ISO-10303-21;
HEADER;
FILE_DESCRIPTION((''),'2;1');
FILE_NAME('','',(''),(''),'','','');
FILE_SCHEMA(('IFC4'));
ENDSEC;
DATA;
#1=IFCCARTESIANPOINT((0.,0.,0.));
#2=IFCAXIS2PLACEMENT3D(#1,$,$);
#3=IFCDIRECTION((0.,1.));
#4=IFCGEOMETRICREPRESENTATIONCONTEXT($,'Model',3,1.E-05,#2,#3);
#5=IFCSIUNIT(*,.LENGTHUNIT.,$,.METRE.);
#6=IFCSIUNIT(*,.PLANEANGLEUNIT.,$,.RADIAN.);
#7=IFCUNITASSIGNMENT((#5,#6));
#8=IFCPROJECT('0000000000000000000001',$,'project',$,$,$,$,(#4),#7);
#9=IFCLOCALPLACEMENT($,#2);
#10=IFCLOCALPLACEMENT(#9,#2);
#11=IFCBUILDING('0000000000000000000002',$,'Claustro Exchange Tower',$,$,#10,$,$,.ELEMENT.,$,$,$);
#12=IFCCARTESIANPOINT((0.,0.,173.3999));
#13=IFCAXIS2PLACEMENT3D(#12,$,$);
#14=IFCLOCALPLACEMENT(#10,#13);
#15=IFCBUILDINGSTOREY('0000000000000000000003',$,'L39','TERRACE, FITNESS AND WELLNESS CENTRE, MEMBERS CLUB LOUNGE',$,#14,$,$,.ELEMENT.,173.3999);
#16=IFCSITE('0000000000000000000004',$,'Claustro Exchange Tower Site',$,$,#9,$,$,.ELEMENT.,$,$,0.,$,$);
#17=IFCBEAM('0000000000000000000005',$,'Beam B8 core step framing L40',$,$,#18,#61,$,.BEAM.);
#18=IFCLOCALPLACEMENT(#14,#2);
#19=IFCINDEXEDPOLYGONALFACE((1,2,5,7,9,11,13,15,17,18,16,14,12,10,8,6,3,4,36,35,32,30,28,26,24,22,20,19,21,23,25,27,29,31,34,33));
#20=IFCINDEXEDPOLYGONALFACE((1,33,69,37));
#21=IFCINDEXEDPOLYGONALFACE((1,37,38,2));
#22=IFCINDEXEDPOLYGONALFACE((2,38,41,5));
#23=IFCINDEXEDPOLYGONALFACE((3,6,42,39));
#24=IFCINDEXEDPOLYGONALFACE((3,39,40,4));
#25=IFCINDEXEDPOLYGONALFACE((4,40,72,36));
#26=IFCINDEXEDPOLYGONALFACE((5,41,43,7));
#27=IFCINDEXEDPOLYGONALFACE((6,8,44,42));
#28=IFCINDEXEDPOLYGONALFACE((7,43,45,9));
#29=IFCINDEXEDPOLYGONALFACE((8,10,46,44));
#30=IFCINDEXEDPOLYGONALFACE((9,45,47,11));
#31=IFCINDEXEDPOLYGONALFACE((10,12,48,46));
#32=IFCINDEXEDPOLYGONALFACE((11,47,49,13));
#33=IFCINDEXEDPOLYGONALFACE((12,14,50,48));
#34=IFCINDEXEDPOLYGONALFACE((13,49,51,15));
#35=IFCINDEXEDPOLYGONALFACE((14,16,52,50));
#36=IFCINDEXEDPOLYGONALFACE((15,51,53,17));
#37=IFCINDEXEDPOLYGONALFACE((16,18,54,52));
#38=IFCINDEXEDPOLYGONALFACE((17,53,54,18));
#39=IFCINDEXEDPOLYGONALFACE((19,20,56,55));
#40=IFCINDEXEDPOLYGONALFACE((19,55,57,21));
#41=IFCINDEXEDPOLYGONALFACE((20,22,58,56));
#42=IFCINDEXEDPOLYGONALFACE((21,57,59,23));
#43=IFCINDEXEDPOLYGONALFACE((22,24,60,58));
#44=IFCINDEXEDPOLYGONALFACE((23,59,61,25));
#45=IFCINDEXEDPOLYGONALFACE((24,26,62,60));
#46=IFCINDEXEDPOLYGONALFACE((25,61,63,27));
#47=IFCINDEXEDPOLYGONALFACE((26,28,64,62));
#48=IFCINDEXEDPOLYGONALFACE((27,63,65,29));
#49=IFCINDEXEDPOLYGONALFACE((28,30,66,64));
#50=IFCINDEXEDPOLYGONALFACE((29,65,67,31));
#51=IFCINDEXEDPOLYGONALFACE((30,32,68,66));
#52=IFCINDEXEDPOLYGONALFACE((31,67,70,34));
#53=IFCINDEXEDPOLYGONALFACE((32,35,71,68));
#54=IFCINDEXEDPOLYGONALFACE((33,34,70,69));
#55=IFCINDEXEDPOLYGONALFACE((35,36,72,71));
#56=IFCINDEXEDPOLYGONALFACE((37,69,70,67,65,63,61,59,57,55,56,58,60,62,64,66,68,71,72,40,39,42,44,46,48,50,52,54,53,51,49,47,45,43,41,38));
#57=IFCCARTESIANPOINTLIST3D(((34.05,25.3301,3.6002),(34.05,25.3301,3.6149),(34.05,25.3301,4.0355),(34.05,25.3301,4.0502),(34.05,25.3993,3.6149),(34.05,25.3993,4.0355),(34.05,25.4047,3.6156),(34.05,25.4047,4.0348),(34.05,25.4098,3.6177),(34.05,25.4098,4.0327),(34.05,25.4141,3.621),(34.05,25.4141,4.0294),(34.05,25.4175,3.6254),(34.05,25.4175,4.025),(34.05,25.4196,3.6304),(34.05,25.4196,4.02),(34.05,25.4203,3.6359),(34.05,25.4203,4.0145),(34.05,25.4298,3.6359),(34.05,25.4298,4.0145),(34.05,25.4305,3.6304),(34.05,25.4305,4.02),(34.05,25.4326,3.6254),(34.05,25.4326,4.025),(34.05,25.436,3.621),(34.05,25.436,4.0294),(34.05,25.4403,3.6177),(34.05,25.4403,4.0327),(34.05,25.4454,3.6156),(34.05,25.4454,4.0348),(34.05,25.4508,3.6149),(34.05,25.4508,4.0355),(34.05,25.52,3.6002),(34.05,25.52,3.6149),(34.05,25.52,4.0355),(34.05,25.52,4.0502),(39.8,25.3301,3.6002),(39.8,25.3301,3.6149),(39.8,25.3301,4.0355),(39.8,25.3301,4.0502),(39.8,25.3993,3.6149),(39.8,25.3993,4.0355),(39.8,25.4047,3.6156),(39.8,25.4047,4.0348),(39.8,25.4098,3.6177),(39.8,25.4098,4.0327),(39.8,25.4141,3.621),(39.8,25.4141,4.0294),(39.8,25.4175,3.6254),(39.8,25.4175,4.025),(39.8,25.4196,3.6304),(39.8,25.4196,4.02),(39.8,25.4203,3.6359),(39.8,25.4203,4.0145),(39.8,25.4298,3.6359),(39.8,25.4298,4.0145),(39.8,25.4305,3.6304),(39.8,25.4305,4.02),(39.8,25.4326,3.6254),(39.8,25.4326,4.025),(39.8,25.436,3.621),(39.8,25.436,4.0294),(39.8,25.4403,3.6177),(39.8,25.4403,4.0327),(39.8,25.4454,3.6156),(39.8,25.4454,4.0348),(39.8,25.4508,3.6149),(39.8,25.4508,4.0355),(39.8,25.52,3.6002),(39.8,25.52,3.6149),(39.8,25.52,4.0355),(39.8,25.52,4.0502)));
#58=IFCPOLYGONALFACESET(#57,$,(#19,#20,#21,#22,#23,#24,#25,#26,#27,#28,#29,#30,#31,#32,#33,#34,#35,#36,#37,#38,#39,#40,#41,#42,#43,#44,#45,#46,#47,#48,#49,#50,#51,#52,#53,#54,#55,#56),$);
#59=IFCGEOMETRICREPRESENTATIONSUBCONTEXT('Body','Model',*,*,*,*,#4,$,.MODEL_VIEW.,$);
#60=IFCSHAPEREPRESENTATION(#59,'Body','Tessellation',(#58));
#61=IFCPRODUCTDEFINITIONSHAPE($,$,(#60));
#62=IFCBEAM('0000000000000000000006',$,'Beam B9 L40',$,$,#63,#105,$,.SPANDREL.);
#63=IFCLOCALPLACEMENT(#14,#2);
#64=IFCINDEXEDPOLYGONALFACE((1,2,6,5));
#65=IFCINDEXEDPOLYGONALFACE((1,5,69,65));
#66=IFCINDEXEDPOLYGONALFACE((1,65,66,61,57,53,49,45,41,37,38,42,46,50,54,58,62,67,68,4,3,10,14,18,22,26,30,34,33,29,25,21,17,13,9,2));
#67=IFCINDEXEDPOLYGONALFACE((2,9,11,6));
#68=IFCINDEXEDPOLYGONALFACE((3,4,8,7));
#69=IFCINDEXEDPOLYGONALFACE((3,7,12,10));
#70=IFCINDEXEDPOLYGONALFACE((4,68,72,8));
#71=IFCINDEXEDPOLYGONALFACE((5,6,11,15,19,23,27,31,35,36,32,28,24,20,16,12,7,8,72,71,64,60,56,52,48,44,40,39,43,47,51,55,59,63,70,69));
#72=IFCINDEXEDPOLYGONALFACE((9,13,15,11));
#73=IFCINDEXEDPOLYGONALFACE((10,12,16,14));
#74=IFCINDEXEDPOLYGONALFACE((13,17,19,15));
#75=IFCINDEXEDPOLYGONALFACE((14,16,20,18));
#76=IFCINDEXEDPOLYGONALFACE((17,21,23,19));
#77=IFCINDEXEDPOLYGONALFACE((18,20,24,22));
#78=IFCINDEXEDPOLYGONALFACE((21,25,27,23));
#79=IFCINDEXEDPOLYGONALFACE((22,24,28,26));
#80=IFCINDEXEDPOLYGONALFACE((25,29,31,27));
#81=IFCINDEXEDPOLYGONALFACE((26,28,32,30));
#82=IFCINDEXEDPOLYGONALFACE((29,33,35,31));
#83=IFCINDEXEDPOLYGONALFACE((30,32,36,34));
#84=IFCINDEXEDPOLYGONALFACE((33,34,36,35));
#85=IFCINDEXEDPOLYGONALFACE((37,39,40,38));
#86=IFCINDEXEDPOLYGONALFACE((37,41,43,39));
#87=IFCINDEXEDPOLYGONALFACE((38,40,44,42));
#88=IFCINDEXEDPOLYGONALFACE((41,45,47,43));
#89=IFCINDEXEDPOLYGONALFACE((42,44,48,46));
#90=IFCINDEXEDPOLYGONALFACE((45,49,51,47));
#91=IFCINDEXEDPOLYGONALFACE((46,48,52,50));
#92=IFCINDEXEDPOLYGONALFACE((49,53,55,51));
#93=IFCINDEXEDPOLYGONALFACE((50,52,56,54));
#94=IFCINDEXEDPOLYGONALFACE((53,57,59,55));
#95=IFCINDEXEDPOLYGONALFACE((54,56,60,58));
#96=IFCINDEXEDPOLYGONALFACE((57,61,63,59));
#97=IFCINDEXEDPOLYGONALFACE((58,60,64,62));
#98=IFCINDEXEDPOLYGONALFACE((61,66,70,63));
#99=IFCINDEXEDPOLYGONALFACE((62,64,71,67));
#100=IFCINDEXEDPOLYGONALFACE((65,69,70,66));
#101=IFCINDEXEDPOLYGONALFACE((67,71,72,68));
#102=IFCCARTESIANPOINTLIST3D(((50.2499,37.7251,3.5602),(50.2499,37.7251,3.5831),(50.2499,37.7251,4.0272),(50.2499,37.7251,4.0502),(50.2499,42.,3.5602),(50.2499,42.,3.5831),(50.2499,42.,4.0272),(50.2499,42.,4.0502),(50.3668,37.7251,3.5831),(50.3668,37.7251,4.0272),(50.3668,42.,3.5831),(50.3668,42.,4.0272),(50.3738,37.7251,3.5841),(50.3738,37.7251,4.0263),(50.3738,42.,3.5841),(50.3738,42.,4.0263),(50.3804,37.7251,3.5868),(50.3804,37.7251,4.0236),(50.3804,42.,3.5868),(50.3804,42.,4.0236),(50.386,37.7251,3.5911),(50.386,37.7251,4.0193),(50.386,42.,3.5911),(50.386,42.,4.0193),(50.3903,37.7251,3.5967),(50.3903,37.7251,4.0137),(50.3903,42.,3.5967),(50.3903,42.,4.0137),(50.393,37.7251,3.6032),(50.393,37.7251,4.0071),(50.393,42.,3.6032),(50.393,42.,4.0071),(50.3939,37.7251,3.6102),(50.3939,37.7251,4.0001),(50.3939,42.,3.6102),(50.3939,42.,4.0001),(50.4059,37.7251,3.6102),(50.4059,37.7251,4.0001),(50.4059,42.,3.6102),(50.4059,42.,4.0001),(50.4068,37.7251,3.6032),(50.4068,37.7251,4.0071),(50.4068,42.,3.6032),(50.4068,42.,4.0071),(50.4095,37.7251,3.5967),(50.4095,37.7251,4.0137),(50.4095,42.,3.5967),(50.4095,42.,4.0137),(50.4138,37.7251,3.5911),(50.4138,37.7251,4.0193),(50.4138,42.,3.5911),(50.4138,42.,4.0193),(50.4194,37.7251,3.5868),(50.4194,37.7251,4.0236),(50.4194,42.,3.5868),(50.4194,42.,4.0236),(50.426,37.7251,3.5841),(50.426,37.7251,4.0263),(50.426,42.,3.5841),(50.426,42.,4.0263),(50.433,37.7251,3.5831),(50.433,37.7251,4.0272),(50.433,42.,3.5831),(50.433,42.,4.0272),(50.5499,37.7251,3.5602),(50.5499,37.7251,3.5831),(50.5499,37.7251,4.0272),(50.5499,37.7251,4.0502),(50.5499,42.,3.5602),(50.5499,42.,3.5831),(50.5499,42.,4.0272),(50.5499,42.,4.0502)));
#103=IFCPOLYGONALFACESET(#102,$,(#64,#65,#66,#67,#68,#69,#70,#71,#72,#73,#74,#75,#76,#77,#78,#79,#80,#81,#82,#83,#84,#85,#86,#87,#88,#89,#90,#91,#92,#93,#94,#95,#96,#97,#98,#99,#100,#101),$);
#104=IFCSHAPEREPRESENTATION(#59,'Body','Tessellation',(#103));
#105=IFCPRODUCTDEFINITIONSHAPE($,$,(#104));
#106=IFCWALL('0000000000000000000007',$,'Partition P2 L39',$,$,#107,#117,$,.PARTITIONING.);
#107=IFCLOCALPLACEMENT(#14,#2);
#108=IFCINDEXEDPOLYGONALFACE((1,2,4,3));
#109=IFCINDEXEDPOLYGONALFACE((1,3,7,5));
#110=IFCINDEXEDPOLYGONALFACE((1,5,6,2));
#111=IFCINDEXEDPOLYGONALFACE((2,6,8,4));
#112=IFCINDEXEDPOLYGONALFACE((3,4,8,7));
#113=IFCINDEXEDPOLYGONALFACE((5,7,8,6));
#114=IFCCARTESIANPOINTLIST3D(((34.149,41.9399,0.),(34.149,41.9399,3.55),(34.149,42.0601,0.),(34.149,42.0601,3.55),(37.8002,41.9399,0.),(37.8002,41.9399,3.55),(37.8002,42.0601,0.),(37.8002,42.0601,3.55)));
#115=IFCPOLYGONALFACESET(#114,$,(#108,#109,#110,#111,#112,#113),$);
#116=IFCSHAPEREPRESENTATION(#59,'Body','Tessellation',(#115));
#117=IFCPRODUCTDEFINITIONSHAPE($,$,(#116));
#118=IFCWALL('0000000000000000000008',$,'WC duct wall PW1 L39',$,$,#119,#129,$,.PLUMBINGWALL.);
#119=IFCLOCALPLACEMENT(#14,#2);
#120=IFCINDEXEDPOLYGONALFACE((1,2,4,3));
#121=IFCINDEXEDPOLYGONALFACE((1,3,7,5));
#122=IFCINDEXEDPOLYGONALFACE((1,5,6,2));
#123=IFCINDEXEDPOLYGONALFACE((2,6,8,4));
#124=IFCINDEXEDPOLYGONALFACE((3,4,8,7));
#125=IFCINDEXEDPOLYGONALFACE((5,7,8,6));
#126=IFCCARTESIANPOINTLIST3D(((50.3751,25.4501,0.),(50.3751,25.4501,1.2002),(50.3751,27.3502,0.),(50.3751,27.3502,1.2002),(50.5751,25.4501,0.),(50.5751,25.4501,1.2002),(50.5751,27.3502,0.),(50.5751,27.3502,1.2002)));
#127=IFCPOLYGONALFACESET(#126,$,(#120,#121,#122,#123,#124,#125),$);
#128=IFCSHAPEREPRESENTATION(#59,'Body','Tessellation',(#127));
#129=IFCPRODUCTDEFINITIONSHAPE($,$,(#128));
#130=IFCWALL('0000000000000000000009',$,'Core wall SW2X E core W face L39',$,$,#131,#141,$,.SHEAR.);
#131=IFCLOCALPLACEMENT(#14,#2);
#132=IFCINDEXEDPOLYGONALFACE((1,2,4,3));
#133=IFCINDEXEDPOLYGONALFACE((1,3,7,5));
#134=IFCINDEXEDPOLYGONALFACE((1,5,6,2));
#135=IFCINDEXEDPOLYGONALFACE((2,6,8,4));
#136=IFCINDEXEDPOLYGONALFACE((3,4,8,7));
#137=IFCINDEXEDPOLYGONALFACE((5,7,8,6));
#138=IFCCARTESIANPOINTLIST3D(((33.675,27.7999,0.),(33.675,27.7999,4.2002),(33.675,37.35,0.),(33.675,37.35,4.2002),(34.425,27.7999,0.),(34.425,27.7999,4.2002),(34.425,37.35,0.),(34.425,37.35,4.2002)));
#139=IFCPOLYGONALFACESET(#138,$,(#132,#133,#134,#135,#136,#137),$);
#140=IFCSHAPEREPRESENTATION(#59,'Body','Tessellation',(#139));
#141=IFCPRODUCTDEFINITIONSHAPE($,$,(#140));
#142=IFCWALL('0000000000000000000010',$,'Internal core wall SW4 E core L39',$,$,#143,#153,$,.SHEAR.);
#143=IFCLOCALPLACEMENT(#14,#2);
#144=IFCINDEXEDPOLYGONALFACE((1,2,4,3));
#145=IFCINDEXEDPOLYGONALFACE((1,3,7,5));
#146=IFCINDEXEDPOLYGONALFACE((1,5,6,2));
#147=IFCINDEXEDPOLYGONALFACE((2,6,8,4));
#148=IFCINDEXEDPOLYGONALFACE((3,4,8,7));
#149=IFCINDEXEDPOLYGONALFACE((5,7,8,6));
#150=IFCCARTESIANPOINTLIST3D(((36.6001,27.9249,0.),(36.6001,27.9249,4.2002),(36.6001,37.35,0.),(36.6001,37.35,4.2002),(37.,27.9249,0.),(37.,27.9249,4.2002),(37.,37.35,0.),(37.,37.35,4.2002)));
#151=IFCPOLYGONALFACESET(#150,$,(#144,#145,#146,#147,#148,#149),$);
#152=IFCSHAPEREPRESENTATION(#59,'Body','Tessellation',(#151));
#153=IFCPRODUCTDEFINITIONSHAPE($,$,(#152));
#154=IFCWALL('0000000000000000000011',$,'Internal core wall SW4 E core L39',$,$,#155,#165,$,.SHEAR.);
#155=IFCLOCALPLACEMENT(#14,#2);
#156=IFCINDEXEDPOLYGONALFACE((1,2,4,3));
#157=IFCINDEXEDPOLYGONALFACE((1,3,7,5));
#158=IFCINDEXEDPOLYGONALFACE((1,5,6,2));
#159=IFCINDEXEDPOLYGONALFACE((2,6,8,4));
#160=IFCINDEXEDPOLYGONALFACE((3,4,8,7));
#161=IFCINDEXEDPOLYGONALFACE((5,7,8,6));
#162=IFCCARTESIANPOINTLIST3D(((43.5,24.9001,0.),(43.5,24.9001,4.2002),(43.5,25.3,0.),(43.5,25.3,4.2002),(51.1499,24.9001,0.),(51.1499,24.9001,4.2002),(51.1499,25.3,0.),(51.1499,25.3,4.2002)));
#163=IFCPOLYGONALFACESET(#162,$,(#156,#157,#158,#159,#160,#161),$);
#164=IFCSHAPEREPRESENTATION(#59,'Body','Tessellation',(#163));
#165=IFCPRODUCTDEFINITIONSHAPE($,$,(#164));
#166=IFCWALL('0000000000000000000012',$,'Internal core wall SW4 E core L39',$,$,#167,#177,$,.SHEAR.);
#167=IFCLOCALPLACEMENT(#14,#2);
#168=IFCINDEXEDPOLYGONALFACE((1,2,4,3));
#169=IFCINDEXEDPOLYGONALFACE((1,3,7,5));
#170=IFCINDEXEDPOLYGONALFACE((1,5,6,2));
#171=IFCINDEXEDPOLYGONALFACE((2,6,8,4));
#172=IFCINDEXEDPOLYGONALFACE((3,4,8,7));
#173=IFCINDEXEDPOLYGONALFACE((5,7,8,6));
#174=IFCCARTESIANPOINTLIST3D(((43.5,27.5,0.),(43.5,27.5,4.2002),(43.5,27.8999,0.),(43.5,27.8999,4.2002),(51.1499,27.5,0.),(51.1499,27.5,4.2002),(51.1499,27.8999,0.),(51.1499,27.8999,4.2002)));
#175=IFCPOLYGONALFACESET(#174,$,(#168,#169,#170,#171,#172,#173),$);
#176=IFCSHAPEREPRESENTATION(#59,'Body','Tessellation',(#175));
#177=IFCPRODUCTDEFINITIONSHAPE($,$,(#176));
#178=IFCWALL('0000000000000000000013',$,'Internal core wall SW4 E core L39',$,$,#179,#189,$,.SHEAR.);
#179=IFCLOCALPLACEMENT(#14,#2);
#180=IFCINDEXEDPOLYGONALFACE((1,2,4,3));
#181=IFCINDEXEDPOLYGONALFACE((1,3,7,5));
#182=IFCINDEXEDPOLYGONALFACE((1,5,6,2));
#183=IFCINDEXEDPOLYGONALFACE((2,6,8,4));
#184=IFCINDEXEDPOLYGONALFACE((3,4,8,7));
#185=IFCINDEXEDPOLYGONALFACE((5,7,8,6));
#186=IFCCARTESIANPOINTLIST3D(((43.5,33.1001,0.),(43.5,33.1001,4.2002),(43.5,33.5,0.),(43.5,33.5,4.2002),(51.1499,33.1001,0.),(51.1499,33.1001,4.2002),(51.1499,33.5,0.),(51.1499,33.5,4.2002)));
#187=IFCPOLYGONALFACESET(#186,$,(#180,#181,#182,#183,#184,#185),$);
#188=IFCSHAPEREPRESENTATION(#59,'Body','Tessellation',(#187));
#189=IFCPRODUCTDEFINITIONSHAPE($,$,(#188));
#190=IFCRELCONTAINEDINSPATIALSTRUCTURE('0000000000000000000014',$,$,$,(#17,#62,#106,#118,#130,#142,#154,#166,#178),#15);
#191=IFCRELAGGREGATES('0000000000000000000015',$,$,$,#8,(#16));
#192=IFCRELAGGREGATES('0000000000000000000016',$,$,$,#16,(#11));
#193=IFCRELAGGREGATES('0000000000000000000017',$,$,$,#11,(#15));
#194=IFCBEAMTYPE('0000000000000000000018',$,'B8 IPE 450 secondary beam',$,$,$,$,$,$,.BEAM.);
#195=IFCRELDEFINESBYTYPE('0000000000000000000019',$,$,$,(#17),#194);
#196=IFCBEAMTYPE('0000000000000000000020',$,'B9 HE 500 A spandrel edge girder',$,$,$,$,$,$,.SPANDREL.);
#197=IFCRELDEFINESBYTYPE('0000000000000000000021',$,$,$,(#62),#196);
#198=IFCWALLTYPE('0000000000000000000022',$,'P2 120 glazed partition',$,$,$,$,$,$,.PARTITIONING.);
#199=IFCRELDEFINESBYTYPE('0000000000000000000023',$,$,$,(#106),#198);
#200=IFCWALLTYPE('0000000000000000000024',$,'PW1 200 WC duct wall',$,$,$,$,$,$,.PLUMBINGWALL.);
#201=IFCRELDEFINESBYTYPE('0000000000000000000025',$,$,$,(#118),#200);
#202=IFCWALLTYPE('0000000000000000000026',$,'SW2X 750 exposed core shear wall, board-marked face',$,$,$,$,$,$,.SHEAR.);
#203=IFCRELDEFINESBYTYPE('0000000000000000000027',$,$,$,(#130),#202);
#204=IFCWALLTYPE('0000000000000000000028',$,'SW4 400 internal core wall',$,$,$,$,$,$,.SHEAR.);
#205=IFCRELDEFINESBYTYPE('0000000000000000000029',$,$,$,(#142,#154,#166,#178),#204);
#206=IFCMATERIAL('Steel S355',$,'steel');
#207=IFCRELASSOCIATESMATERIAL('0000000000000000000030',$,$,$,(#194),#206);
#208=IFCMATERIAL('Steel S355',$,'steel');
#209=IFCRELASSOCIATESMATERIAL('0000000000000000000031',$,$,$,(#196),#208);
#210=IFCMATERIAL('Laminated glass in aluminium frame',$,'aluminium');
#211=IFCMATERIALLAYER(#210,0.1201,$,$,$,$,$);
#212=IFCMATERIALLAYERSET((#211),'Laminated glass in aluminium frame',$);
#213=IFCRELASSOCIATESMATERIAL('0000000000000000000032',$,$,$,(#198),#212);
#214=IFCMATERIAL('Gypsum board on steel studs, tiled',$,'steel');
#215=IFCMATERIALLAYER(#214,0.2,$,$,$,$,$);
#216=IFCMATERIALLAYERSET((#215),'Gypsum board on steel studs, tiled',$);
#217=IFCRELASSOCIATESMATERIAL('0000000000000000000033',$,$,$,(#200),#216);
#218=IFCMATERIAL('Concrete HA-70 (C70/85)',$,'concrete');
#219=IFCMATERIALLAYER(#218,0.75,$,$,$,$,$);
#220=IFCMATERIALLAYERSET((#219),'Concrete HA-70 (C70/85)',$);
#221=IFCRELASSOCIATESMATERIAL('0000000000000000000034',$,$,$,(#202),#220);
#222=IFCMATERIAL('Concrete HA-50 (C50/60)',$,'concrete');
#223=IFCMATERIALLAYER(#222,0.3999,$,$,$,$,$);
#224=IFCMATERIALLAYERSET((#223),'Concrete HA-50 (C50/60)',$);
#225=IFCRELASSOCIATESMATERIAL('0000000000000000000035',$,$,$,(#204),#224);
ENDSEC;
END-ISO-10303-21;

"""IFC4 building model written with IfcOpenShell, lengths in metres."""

from ifc_helpers import new_model, si_unit, direction, frame, frame_2d, origin, origin_2d, place, context, subcontext, project, spatial, rectangle, i_section, extrude, material, layer, layer_set, material_profile, profile_set, type_object, element, save


model = new_model("IFC4")

# Units and contexts
model_context = context("Model", 3, precision=1e-05, world=origin(), true_north=direction((0.0, 1.0)))
body_context = subcontext(model_context, "Body", "Model", "MODEL_VIEW")
ifc_project = project(units=[si_unit("LENGTHUNIT", "METRE"), si_unit("PLANEANGLEUNIT", "RADIAN")], contexts=[model_context])

# Site, building, storey
site_placement = place(None, origin())
site = spatial("IfcSite", under=ifc_project, at=site_placement, Name="Claustro Exchange Tower Site", CompositionType="ELEMENT", RefElevation=0.0)
building_placement = place(site_placement, origin())
building = spatial("IfcBuilding", under=site, at=building_placement, Name="Claustro Exchange Tower", CompositionType="ELEMENT")
storey_placement = place(building_placement, frame((0.0, 0.0, 173.3999)))
storey = spatial("IfcBuildingStorey", under=building, at=storey_placement, Name="L39", Description="TERRACE, FITNESS AND WELLNESS CENTRE, MEMBERS CLUB LOUNGE", CompositionType="ELEMENT", Elevation=173.3999)

# Beams
ifc_material_1 = material(Name="Steel S355", Category="steel")
ifc_material_profile_1 = material_profile(ifc_material_1, i_section(OverallWidth=0.1899, OverallDepth=0.45, WebThickness=0.0095, FlangeThickness=0.0146, FilletRadius=0.021, at=origin_2d()), Name="IPE 450")
ifc_profile_set_1 = profile_set([ifc_material_profile_1], Name="Steel S355")
beam_type_1 = type_object("IfcBeamType", Name="B8 IPE 450 secondary beam", PredefinedType="BEAM", material=ifc_profile_set_1)
beam_1_placement = place(storey_placement, frame((34.05, 25.425, 3.8252), z_axis=(1.0, 0.0, 0.0), x_axis=(0.0, 1.0, 0.0)))
element("IfcBeam", 1, at=beam_1_placement, inside=storey, type_object=beam_type_1, Name="Beam B8 core step framing L40", PredefinedType="BEAM", context=body_context, shape_type="SweptSolid", body=[
    extrude(i_section(OverallWidth=0.1899, OverallDepth=0.45, WebThickness=0.0095, FlangeThickness=0.0146, FilletRadius=0.021, at=origin_2d()), origin(), (0.0, 0.0, 1.0), 5.75),
])
ifc_material_2 = material(Name="Steel S355", Category="steel")
ifc_material_profile_2 = material_profile(ifc_material_2, i_section(OverallWidth=0.3, OverallDepth=0.49, WebThickness=0.012, FlangeThickness=0.0229, FilletRadius=0.0271, at=origin_2d()), Name="HE 500 A")
ifc_profile_set_2 = profile_set([ifc_material_profile_2], Name="Steel S355")
beam_type_2 = type_object("IfcBeamType", Name="B9 HE 500 A spandrel edge girder", PredefinedType="SPANDREL", material=ifc_profile_set_2)
beam_2_placement = place(storey_placement, frame((50.3999, 37.7251, 3.8052), z_axis=(0.0, 1.0, 0.0), x_axis=(-1.0, 0.0, 0.0)))
element("IfcBeam", 2, at=beam_2_placement, inside=storey, type_object=beam_type_2, Name="Beam B9 L40", PredefinedType="SPANDREL", context=body_context, shape_type="SweptSolid", body=[
    extrude(i_section(OverallWidth=0.3, OverallDepth=0.49, WebThickness=0.012, FlangeThickness=0.0229, FilletRadius=0.0271, at=origin_2d()), origin(), (0.0, 0.0, 1.0), 4.2749),
])

# Walls
ifc_material_3 = material(Name="Laminated glass in aluminium frame", Category="aluminium")
ifc_layer_1 = layer(ifc_material_3, 0.1201)
ifc_layer_set_1 = layer_set([ifc_layer_1], Name="Laminated glass in aluminium frame")
wall_type_1 = type_object("IfcWallType", Name="P2 120 glazed partition", PredefinedType="PARTITIONING", material=ifc_layer_set_1)
wall_1_placement = place(storey_placement, frame((34.1489, 42.0, 0.0), z_axis=(0.0, 0.0, 1.0), x_axis=(1.0, 0.0, 0.0)))
element("IfcWall", 3, at=wall_1_placement, inside=storey, type_object=wall_type_1, Name="Partition P2 L39", PredefinedType="PARTITIONING", context=body_context, shape_type="SweptSolid", body=[
    extrude(rectangle(XDim=3.6511, YDim=0.1201, at=frame_2d((1.8257, 0.0))), origin(), (0.0, 0.0, 1.0), 3.55),
])
ifc_material_4 = material(Name="Gypsum board on steel studs, tiled", Category="steel")
ifc_layer_2 = layer(ifc_material_4, 0.2)
ifc_layer_set_2 = layer_set([ifc_layer_2], Name="Gypsum board on steel studs, tiled")
wall_type_2 = type_object("IfcWallType", Name="PW1 200 WC duct wall", PredefinedType="PLUMBINGWALL", material=ifc_layer_set_2)
wall_2_placement = place(storey_placement, frame((50.4751, 25.45, 0.0), z_axis=(0.0, 0.0, 1.0), x_axis=(0.0, 1.0, 0.0)))
element("IfcWall", 4, at=wall_2_placement, inside=storey, type_object=wall_type_2, Name="WC duct wall PW1 L39", PredefinedType="PLUMBINGWALL", context=body_context, shape_type="SweptSolid", body=[
    extrude(rectangle(XDim=1.9001, YDim=0.2, at=frame_2d((0.9502, 0.0))), origin(), (0.0, 0.0, 1.0), 1.2002),
])

# Walls
ifc_material_5 = material(Name="Concrete HA-70 (C70/85)", Category="concrete")
ifc_layer_3 = layer(ifc_material_5, 0.75)
ifc_layer_set_3 = layer_set([ifc_layer_3], Name="Concrete HA-70 (C70/85)")
wall_type_3 = type_object("IfcWallType", Name="SW2X 750 exposed core shear wall, board-marked face", PredefinedType="SHEAR", material=ifc_layer_set_3)
wall_3_placement = place(storey_placement, frame((34.05, 27.8, 0.0), z_axis=(0.0, 0.0, 1.0), x_axis=(0.0, 1.0, 0.0)))
element("IfcWall", 5, at=wall_3_placement, inside=storey, type_object=wall_type_3, Name="Core wall SW2X E core W face L39", PredefinedType="SHEAR", context=body_context, shape_type="SweptSolid", body=[
    extrude(rectangle(XDim=9.55, YDim=0.75, at=frame_2d((4.7749, 0.0))), origin(), (0.0, 0.0, 1.0), 4.2002),
])
ifc_material_6 = material(Name="Concrete HA-50 (C50/60)", Category="concrete")
ifc_layer_4 = layer(ifc_material_6, 0.3999)
ifc_layer_set_4 = layer_set([ifc_layer_4], Name="Concrete HA-50 (C50/60)")
wall_type_4 = type_object("IfcWallType", Name="SW4 400 internal core wall", PredefinedType="SHEAR", material=ifc_layer_set_4)
wall_4_placement = place(storey_placement, frame((36.8, 27.925, 0.0), z_axis=(0.0, 0.0, 1.0), x_axis=(0.0, 1.0, 0.0)))
element("IfcWall", 6, at=wall_4_placement, inside=storey, type_object=wall_type_4, Name="Internal core wall SW4 E core L39", PredefinedType="SHEAR", context=body_context, shape_type="SweptSolid", body=[
    extrude(rectangle(XDim=9.425, YDim=0.3999, at=frame_2d((4.7124, 0.0))), origin(), (0.0, 0.0, 1.0), 4.2002),
])
for number, where, z_axis, x_axis, name in (
    (7, (51.1499, 25.1001, 0.0), (0.0, 0.0, 1.0), (-1.0, 0.0, 0.0), "Internal core wall SW4 E core L39"),
    (8, (51.1499, 27.7, 0.0), (0.0, 0.0, 1.0), (-1.0, 0.0, 0.0), "Internal core wall SW4 E core L39"),
    (9, (51.1499, 33.3, 0.0), (0.0, 0.0, 1.0), (-1.0, 0.0, 0.0), "Internal core wall SW4 E core L39"),
):
    element("IfcWall", number, at=place(storey_placement, frame(where, z_axis=z_axis, x_axis=x_axis)), inside=storey, type_object=wall_type_4, Name=name, PredefinedType="SHEAR", context=body_context, shape_type="SweptSolid", body=[
        extrude(rectangle(XDim=7.6499, YDim=0.3999, at=frame_2d((3.825, 0.0))), origin(), (0.0, 0.0, 1.0), 4.2002),
    ])

save(model, "model.ifc")
